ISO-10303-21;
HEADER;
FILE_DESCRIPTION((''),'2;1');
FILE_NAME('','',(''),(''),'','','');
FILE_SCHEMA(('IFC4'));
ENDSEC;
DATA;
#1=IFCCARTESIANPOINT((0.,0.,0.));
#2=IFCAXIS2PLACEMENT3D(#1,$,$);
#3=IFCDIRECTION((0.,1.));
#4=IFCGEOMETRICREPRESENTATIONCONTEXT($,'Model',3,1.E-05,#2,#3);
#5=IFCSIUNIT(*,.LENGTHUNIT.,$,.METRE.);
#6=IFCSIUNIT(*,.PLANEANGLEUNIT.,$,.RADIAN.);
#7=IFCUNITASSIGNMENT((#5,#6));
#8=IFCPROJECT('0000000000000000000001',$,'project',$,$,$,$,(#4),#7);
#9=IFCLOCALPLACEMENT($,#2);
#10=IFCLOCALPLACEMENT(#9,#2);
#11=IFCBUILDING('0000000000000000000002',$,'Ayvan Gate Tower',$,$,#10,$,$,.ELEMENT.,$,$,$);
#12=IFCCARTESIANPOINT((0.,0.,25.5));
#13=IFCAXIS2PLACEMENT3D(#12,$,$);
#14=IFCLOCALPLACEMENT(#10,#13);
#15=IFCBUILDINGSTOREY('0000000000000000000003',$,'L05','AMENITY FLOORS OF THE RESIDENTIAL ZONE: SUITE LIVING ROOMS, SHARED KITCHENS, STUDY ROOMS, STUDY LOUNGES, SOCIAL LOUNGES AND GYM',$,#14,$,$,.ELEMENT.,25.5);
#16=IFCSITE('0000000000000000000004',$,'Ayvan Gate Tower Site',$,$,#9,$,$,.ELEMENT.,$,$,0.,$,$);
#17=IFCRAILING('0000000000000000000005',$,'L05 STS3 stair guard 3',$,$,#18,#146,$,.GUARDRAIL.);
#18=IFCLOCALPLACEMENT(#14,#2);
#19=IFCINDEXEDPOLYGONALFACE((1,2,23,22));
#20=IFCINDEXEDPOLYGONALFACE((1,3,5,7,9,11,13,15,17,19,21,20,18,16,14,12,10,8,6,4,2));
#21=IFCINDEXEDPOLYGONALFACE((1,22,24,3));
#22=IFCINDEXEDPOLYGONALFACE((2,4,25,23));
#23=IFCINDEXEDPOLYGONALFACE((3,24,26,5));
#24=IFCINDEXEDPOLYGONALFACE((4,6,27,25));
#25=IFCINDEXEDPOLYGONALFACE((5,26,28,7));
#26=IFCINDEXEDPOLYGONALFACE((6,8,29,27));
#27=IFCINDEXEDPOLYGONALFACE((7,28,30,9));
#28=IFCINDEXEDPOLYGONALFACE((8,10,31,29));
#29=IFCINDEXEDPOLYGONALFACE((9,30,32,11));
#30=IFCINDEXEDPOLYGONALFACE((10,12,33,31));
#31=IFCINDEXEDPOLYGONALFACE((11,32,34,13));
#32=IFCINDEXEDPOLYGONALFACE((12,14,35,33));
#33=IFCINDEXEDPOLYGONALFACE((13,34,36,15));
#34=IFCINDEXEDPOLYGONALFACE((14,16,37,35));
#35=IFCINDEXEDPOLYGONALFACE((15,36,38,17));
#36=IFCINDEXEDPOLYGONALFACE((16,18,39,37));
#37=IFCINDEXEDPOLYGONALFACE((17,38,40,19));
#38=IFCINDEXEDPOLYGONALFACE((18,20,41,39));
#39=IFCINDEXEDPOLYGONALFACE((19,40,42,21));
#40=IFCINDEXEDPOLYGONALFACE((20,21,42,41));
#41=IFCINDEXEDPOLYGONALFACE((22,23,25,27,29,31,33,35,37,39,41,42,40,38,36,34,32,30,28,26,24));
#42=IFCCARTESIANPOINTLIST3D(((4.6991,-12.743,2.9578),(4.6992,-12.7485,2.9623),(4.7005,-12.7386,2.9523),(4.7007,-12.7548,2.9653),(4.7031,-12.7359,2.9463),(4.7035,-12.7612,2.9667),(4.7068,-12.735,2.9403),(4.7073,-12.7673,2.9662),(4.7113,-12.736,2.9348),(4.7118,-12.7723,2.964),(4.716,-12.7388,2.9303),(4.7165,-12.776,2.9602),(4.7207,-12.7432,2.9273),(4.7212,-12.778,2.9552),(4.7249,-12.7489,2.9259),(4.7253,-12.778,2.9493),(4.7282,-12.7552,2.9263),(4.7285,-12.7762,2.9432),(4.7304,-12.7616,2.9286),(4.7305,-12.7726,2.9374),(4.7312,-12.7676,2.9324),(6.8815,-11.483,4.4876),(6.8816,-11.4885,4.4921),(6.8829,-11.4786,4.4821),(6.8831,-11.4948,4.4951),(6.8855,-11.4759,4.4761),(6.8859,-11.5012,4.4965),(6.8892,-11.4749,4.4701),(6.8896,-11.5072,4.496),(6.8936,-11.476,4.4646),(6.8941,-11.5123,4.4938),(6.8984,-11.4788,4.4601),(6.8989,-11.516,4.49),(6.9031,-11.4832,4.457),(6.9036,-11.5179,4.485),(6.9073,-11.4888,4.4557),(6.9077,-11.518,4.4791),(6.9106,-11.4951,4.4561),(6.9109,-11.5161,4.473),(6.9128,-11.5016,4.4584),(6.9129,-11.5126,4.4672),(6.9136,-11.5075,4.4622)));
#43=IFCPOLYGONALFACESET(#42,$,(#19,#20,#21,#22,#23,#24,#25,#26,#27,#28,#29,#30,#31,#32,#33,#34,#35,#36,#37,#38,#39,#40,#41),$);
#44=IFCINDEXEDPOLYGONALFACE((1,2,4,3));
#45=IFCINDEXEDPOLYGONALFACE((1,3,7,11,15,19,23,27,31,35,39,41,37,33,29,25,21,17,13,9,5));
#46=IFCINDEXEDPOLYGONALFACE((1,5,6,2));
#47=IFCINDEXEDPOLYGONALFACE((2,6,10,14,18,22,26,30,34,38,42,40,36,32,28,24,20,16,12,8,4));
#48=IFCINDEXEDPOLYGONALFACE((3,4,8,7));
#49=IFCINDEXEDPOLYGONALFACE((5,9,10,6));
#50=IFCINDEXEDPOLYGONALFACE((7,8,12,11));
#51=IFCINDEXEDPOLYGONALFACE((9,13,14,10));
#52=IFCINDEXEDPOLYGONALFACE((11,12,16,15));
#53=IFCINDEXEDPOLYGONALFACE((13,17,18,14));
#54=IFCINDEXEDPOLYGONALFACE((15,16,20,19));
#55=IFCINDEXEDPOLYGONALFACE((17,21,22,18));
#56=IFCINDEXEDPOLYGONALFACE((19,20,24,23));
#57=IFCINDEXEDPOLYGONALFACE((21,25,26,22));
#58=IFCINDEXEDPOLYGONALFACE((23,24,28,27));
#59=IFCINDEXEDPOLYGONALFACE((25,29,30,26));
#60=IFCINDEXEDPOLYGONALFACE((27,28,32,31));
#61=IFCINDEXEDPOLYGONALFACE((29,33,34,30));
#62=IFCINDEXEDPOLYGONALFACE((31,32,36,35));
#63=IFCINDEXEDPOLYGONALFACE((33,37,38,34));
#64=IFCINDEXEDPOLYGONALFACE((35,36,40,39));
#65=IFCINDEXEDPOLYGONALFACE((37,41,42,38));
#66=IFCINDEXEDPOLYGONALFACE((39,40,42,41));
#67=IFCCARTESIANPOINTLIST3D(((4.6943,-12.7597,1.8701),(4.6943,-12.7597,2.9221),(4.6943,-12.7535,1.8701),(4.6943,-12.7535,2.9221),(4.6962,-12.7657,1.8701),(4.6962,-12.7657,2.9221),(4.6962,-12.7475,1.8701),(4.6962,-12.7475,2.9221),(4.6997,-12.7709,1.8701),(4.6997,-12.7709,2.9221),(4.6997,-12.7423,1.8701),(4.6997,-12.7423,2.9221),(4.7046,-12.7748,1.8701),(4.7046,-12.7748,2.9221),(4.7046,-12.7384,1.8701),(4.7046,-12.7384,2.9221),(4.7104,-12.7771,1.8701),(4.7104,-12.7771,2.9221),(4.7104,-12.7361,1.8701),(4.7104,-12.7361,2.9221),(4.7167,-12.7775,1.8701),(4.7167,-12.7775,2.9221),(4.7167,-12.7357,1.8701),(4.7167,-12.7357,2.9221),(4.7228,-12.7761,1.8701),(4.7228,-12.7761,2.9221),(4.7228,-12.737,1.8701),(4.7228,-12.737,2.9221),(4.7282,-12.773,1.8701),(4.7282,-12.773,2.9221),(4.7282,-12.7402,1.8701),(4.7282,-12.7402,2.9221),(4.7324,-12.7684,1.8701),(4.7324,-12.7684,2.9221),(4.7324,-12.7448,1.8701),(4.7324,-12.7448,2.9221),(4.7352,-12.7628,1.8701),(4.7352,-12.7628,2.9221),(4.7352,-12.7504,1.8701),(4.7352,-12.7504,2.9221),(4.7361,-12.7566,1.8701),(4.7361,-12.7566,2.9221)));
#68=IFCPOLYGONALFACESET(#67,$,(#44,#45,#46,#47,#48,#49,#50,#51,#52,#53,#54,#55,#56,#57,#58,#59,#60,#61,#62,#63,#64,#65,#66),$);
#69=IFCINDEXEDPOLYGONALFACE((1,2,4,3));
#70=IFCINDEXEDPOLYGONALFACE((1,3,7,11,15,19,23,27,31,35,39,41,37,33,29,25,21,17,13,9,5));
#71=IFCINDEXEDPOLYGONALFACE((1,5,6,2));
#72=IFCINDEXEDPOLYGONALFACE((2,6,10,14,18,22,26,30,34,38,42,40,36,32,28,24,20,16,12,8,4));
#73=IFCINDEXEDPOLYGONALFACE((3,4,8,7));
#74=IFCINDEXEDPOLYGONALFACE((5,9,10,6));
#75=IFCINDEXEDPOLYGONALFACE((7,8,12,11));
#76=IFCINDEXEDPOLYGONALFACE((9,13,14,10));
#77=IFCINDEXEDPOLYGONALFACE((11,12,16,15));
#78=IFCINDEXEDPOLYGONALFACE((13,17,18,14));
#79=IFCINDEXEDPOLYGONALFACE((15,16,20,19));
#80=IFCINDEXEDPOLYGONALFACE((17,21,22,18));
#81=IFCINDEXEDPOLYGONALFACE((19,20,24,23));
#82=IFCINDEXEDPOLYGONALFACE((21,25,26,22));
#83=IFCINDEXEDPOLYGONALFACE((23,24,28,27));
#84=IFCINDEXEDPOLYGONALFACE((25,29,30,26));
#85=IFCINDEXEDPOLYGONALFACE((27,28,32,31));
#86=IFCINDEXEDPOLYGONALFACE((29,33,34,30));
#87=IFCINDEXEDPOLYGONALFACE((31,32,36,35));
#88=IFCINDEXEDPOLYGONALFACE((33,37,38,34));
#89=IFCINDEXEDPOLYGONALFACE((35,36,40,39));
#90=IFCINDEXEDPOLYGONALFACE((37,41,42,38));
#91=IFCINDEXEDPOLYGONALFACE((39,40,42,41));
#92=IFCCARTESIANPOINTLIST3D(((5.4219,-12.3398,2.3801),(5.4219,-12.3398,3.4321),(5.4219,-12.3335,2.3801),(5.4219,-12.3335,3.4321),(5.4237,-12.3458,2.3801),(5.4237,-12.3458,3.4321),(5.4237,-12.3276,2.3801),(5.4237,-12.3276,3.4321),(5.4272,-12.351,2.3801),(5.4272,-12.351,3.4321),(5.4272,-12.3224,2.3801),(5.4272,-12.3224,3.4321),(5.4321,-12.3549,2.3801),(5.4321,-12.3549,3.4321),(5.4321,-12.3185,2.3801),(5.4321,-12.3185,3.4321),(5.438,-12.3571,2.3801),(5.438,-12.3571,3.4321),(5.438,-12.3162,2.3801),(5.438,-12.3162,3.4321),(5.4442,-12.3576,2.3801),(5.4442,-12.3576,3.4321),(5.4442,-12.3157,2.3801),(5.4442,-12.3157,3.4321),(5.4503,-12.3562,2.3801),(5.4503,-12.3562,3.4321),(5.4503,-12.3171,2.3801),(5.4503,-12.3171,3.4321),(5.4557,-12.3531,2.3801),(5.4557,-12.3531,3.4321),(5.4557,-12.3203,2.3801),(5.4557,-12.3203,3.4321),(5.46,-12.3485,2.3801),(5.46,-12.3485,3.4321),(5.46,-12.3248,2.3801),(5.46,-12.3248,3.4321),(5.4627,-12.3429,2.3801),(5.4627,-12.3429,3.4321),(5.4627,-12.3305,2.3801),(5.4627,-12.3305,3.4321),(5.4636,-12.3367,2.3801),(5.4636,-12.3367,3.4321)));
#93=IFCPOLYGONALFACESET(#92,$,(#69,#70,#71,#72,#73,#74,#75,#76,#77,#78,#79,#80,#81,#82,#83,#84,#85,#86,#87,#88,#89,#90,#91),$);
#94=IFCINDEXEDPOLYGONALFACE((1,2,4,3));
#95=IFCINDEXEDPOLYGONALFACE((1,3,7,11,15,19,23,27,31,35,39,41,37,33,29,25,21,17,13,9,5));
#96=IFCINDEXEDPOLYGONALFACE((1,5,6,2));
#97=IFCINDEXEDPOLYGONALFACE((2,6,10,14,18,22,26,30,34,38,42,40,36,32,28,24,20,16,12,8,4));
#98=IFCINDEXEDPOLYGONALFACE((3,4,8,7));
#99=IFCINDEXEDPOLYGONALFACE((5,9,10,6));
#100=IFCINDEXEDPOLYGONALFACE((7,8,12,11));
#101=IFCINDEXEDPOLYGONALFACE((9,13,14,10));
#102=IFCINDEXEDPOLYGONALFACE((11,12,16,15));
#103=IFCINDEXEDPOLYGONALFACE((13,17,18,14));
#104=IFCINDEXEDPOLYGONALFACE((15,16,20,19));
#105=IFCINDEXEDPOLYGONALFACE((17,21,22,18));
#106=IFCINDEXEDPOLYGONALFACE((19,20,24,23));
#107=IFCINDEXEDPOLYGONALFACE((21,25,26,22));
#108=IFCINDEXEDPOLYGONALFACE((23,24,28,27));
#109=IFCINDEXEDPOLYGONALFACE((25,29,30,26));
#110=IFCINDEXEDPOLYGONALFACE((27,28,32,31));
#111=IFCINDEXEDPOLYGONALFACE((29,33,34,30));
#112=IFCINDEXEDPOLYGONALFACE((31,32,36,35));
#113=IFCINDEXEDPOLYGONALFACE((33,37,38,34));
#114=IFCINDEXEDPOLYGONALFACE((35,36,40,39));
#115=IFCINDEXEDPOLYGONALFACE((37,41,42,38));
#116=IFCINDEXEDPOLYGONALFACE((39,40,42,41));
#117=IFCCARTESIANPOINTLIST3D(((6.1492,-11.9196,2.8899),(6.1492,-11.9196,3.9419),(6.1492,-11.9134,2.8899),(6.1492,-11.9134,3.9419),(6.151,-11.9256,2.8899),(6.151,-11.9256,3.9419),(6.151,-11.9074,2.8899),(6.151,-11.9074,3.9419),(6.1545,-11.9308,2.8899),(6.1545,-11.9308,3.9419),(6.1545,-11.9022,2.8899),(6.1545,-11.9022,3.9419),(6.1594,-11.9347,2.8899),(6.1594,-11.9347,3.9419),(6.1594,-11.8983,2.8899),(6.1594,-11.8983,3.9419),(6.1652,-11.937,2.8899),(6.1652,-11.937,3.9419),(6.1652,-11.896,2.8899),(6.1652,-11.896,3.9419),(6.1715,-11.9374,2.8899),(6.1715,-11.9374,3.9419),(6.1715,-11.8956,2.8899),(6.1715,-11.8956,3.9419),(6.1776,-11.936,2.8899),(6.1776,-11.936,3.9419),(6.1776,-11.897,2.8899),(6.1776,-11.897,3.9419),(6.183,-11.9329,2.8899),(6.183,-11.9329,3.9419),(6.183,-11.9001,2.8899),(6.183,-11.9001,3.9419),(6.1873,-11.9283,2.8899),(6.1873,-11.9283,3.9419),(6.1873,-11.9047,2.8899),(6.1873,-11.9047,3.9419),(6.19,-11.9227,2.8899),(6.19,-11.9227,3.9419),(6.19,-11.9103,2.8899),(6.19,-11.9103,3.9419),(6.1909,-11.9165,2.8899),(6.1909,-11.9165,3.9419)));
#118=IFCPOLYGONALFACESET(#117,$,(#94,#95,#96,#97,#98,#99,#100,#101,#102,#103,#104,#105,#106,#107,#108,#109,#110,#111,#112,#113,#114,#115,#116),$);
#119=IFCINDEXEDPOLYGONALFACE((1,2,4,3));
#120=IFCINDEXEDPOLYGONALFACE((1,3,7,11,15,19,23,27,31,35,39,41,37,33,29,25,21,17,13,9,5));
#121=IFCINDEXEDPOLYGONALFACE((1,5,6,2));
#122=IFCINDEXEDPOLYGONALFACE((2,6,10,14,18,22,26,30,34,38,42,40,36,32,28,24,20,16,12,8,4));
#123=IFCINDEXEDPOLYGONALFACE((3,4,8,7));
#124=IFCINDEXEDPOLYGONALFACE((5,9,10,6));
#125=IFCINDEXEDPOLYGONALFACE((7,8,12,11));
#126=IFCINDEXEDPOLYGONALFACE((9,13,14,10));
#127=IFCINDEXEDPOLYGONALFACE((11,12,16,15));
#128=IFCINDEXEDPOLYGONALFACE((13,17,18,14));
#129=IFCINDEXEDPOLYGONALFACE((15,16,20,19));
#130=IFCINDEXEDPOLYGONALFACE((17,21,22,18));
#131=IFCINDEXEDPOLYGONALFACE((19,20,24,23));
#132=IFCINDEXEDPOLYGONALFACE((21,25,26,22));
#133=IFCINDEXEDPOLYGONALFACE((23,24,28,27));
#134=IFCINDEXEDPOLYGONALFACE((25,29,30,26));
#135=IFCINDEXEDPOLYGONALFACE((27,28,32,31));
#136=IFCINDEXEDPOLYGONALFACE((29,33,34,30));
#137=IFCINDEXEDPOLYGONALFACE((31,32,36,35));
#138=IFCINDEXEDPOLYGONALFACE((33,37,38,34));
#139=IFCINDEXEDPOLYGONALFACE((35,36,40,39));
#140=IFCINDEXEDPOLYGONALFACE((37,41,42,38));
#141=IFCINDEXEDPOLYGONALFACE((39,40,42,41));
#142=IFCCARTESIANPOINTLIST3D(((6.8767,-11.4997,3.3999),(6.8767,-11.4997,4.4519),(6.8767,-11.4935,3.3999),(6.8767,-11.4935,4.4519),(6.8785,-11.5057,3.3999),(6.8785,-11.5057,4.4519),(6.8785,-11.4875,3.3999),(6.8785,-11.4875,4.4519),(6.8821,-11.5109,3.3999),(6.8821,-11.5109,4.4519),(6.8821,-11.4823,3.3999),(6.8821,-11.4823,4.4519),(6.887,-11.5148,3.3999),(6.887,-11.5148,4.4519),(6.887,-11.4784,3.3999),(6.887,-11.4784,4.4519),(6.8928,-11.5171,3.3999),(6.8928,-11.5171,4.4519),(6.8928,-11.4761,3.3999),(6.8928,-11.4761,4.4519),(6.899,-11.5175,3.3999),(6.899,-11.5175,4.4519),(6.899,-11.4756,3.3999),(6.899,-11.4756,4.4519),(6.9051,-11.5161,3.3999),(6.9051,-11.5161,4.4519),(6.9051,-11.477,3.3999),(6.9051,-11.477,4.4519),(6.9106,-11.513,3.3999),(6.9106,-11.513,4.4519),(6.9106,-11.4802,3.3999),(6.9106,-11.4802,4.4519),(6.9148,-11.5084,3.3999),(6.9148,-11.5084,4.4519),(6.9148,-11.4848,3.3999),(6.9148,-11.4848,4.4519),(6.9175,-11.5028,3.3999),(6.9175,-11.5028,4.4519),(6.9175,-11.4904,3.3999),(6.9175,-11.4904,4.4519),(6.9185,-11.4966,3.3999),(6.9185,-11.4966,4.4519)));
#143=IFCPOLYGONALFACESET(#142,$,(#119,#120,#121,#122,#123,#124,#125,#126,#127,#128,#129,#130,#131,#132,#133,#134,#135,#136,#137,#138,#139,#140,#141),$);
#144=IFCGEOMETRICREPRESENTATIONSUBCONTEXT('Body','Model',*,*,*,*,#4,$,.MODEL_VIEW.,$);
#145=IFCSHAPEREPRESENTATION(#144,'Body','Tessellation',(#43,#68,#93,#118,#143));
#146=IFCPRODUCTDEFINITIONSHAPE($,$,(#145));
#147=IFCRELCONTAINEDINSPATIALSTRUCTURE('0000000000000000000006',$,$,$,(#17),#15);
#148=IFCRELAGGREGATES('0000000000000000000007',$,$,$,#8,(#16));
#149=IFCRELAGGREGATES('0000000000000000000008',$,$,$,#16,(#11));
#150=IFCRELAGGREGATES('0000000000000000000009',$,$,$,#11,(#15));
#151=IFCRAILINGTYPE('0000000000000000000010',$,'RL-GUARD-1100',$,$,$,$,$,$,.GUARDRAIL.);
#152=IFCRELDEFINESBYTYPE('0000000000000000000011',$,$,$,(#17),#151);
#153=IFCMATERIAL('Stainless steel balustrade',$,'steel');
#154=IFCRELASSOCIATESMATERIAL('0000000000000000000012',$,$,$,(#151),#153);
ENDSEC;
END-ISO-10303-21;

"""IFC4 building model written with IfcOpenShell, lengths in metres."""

from ifc_helpers import new_model, si_unit, direction, frame, origin, origin_2d, place, context, subcontext, project, spatial, circle, extrude, material, type_object, element, save


model = new_model("IFC4")

# Units and contexts
model_context = context("Model", 3, precision=1e-05, world=origin(), true_north=direction((0.0, 1.0)))
body_context = subcontext(model_context, "Body", "Model", "MODEL_VIEW")
ifc_project = project(units=[si_unit("LENGTHUNIT", "METRE"), si_unit("PLANEANGLEUNIT", "RADIAN")], contexts=[model_context])

# Site, building, storey
site_placement = place(None, origin())
site = spatial("IfcSite", under=ifc_project, at=site_placement, Name="Ayvan Gate Tower Site", CompositionType="ELEMENT", RefElevation=0.0)
building_placement = place(site_placement, origin())
building = spatial("IfcBuilding", under=site, at=building_placement, Name="Ayvan Gate Tower", CompositionType="ELEMENT")
storey_placement = place(building_placement, frame((0.0, 0.0, 25.5)))
storey = spatial("IfcBuildingStorey", under=building, at=storey_placement, Name="L05", Description="AMENITY FLOORS OF THE RESIDENTIAL ZONE: SUITE LIVING ROOMS, SHARED KITCHENS, STUDY ROOMS, STUDY LOUNGES, SOCIAL LOUNGES AND GYM", CompositionType="ELEMENT", Elevation=25.5)

# Railing
ifc_material_1 = material(Name="Stainless steel balustrade", Category="steel")
railing_type_1 = type_object("IfcRailingType", Name="RL-GUARD-1100", PredefinedType="GUARDRAIL", material=ifc_material_1)
railing_1_placement = place(storey_placement, frame((4.7151, -12.7566, 1.8701)))
element("IfcRailing", 1, at=railing_1_placement, inside=storey, type_object=railing_type_1, Name="L05 STS3 stair guard 3", PredefinedType="GUARDRAIL", context=body_context, shape_type="SweptSolid", body=[
    extrude(circle(Radius=0.0239, at=origin_2d()), frame((0.0, 0.0, 1.0762), z_axis=(0.740293, 0.427414, 0.518926), x_axis=(-0.500005, 0.866023, 0.0)), (0.0, 0.0, 1.0), 2.948),
    extrude(circle(Radius=0.021, at=origin_2d()), origin(), (0.0, 0.0, 1.0), 1.052),
    extrude(circle(Radius=0.021, at=origin_2d()), frame((0.7275, 0.4199, 0.51)), (0.0, 0.0, 1.0), 1.052),
    extrude(circle(Radius=0.021, at=origin_2d()), frame((1.4548, 0.8401, 1.0198)), (0.0, 0.0, 1.0), 1.052),
    extrude(circle(Radius=0.021, at=origin_2d()), frame((2.1824, 1.26, 1.5298)), (0.0, 0.0, 1.0), 1.052),
])

save(model, "model.ifc")
